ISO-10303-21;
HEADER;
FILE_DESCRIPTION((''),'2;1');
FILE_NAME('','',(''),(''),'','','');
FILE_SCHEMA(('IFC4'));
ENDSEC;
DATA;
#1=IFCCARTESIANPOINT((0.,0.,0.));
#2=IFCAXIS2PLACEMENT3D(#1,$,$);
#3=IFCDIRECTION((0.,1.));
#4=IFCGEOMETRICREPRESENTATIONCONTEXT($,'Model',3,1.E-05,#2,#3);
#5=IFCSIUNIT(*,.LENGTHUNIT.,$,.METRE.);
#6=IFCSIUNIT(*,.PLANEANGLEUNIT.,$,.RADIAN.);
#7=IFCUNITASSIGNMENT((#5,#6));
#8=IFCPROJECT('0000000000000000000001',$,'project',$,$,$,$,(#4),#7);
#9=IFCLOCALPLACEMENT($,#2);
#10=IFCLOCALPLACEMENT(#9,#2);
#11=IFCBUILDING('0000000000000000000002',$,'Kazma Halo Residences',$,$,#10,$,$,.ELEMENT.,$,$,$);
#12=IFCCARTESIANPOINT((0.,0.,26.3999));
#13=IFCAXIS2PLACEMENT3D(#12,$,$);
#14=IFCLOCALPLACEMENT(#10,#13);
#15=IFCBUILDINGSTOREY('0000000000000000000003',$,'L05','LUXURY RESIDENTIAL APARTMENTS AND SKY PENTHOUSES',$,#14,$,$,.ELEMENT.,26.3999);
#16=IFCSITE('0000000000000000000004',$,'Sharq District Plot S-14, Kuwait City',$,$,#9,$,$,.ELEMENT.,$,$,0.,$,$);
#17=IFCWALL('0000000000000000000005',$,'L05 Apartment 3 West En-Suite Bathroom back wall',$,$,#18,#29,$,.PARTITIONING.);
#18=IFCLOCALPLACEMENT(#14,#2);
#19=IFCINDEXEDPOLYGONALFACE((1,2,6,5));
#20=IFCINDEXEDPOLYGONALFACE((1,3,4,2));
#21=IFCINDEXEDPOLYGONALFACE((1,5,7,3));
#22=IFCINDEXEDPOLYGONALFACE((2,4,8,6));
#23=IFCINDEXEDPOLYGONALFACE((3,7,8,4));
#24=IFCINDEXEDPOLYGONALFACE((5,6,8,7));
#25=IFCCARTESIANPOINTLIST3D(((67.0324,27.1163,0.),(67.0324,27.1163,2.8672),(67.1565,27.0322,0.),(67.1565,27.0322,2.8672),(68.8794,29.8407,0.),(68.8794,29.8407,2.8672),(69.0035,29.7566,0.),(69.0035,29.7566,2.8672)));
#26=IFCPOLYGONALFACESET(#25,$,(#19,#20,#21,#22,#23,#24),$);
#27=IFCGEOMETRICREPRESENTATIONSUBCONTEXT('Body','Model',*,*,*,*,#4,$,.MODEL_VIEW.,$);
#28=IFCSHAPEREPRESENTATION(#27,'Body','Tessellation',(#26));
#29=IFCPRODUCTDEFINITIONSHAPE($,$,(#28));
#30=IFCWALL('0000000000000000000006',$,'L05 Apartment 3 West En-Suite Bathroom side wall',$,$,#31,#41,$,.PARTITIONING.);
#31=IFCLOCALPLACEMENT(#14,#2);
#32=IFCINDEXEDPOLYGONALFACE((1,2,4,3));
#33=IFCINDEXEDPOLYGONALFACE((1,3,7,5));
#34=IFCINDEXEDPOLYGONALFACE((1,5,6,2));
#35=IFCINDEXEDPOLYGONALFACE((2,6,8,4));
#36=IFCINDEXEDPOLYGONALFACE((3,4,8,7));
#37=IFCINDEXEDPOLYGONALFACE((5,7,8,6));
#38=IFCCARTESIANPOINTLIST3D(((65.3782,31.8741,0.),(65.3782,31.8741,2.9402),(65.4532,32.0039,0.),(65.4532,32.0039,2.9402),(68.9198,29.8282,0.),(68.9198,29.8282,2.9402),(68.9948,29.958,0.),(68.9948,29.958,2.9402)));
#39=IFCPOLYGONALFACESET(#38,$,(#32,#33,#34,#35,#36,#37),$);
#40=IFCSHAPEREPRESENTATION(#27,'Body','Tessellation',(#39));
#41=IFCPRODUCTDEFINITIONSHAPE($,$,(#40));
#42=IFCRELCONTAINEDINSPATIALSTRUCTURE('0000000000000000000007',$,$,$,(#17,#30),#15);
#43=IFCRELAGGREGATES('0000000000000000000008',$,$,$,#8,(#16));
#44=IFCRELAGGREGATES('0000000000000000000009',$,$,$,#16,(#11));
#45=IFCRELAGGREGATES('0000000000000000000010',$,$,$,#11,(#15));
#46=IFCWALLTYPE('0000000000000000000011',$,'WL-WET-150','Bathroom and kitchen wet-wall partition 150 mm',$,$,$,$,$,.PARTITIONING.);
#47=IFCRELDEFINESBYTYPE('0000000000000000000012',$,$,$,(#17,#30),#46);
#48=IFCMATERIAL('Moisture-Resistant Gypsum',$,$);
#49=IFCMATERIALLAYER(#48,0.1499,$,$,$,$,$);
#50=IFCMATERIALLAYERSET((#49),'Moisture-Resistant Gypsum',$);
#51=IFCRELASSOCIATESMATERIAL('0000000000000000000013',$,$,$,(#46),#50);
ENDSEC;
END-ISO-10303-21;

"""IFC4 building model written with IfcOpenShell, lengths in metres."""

from ifc_helpers import new_model, si_unit, direction, frame, frame_2d, origin, place, context, subcontext, project, spatial, rectangle, extrude, material, layer, layer_set, type_object, element, save


model = new_model("IFC4")

# Units and contexts
model_context = context("Model", 3, precision=1e-05, world=origin(), true_north=direction((0.0, 1.0)))
body_context = subcontext(model_context, "Body", "Model", "MODEL_VIEW")
ifc_project = project(units=[si_unit("LENGTHUNIT", "METRE"), si_unit("PLANEANGLEUNIT", "RADIAN")], contexts=[model_context])

# Site, building, storey
site_placement = place(None, origin())
site = spatial("IfcSite", under=ifc_project, at=site_placement, Name="Sharq District Plot S-14, Kuwait City", CompositionType="ELEMENT", RefElevation=0.0)
building_placement = place(site_placement, origin())
building = spatial("IfcBuilding", under=site, at=building_placement, Name="Kazma Halo Residences", CompositionType="ELEMENT")
storey_placement = place(building_placement, frame((0.0, 0.0, 26.3999)))
storey = spatial("IfcBuildingStorey", under=building, at=storey_placement, Name="L05", Description="LUXURY RESIDENTIAL APARTMENTS AND SKY PENTHOUSES", CompositionType="ELEMENT", Elevation=26.3999)

# Shared definitions
ifc_material_1 = material(Name="Moisture-Resistant Gypsum")
ifc_layer_1 = layer(ifc_material_1, 0.1499)
ifc_layer_set_1 = layer_set([ifc_layer_1], Name="Moisture-Resistant Gypsum")
wall_type_1 = type_object("IfcWallType", Name="WL-WET-150", Description="Bathroom and kitchen wet-wall partition 150 mm", PredefinedType="PARTITIONING", material=ifc_layer_set_1)

# Walls
wall_1_placement = place(storey_placement, frame((67.0945, 27.0742, 0.0), z_axis=(0.0, 0.0, 1.0), x_axis=(0.561137, 0.827723, 0.0)))
element("IfcWall", 1, at=wall_1_placement, inside=storey, type_object=wall_type_1, Name="L05 Apartment 3 West En-Suite Bathroom back wall", PredefinedType="PARTITIONING", context=body_context, shape_type="SweptSolid", body=[
    extrude(rectangle(XDim=3.2915, YDim=0.1499, at=frame_2d((1.6458, 0.0))), origin(), (0.0, 0.0, 1.0), 2.8672),
])
wall_2_placement = place(storey_placement, frame((65.4158, 31.939, 0.0), z_axis=(0.0, 0.0, 1.0), x_axis=(0.865897, -0.500222, 0.0)))
element("IfcWall", 2, at=wall_2_placement, inside=storey, type_object=wall_type_1, Name="L05 Apartment 3 West En-Suite Bathroom side wall", PredefinedType="PARTITIONING", context=body_context, shape_type="SweptSolid", body=[
    extrude(rectangle(XDim=4.0901, YDim=0.1499, at=frame_2d((2.0449, 0.0))), origin(), (0.0, 0.0, 1.0), 2.9402),
])

save(model, "model.ifc")
